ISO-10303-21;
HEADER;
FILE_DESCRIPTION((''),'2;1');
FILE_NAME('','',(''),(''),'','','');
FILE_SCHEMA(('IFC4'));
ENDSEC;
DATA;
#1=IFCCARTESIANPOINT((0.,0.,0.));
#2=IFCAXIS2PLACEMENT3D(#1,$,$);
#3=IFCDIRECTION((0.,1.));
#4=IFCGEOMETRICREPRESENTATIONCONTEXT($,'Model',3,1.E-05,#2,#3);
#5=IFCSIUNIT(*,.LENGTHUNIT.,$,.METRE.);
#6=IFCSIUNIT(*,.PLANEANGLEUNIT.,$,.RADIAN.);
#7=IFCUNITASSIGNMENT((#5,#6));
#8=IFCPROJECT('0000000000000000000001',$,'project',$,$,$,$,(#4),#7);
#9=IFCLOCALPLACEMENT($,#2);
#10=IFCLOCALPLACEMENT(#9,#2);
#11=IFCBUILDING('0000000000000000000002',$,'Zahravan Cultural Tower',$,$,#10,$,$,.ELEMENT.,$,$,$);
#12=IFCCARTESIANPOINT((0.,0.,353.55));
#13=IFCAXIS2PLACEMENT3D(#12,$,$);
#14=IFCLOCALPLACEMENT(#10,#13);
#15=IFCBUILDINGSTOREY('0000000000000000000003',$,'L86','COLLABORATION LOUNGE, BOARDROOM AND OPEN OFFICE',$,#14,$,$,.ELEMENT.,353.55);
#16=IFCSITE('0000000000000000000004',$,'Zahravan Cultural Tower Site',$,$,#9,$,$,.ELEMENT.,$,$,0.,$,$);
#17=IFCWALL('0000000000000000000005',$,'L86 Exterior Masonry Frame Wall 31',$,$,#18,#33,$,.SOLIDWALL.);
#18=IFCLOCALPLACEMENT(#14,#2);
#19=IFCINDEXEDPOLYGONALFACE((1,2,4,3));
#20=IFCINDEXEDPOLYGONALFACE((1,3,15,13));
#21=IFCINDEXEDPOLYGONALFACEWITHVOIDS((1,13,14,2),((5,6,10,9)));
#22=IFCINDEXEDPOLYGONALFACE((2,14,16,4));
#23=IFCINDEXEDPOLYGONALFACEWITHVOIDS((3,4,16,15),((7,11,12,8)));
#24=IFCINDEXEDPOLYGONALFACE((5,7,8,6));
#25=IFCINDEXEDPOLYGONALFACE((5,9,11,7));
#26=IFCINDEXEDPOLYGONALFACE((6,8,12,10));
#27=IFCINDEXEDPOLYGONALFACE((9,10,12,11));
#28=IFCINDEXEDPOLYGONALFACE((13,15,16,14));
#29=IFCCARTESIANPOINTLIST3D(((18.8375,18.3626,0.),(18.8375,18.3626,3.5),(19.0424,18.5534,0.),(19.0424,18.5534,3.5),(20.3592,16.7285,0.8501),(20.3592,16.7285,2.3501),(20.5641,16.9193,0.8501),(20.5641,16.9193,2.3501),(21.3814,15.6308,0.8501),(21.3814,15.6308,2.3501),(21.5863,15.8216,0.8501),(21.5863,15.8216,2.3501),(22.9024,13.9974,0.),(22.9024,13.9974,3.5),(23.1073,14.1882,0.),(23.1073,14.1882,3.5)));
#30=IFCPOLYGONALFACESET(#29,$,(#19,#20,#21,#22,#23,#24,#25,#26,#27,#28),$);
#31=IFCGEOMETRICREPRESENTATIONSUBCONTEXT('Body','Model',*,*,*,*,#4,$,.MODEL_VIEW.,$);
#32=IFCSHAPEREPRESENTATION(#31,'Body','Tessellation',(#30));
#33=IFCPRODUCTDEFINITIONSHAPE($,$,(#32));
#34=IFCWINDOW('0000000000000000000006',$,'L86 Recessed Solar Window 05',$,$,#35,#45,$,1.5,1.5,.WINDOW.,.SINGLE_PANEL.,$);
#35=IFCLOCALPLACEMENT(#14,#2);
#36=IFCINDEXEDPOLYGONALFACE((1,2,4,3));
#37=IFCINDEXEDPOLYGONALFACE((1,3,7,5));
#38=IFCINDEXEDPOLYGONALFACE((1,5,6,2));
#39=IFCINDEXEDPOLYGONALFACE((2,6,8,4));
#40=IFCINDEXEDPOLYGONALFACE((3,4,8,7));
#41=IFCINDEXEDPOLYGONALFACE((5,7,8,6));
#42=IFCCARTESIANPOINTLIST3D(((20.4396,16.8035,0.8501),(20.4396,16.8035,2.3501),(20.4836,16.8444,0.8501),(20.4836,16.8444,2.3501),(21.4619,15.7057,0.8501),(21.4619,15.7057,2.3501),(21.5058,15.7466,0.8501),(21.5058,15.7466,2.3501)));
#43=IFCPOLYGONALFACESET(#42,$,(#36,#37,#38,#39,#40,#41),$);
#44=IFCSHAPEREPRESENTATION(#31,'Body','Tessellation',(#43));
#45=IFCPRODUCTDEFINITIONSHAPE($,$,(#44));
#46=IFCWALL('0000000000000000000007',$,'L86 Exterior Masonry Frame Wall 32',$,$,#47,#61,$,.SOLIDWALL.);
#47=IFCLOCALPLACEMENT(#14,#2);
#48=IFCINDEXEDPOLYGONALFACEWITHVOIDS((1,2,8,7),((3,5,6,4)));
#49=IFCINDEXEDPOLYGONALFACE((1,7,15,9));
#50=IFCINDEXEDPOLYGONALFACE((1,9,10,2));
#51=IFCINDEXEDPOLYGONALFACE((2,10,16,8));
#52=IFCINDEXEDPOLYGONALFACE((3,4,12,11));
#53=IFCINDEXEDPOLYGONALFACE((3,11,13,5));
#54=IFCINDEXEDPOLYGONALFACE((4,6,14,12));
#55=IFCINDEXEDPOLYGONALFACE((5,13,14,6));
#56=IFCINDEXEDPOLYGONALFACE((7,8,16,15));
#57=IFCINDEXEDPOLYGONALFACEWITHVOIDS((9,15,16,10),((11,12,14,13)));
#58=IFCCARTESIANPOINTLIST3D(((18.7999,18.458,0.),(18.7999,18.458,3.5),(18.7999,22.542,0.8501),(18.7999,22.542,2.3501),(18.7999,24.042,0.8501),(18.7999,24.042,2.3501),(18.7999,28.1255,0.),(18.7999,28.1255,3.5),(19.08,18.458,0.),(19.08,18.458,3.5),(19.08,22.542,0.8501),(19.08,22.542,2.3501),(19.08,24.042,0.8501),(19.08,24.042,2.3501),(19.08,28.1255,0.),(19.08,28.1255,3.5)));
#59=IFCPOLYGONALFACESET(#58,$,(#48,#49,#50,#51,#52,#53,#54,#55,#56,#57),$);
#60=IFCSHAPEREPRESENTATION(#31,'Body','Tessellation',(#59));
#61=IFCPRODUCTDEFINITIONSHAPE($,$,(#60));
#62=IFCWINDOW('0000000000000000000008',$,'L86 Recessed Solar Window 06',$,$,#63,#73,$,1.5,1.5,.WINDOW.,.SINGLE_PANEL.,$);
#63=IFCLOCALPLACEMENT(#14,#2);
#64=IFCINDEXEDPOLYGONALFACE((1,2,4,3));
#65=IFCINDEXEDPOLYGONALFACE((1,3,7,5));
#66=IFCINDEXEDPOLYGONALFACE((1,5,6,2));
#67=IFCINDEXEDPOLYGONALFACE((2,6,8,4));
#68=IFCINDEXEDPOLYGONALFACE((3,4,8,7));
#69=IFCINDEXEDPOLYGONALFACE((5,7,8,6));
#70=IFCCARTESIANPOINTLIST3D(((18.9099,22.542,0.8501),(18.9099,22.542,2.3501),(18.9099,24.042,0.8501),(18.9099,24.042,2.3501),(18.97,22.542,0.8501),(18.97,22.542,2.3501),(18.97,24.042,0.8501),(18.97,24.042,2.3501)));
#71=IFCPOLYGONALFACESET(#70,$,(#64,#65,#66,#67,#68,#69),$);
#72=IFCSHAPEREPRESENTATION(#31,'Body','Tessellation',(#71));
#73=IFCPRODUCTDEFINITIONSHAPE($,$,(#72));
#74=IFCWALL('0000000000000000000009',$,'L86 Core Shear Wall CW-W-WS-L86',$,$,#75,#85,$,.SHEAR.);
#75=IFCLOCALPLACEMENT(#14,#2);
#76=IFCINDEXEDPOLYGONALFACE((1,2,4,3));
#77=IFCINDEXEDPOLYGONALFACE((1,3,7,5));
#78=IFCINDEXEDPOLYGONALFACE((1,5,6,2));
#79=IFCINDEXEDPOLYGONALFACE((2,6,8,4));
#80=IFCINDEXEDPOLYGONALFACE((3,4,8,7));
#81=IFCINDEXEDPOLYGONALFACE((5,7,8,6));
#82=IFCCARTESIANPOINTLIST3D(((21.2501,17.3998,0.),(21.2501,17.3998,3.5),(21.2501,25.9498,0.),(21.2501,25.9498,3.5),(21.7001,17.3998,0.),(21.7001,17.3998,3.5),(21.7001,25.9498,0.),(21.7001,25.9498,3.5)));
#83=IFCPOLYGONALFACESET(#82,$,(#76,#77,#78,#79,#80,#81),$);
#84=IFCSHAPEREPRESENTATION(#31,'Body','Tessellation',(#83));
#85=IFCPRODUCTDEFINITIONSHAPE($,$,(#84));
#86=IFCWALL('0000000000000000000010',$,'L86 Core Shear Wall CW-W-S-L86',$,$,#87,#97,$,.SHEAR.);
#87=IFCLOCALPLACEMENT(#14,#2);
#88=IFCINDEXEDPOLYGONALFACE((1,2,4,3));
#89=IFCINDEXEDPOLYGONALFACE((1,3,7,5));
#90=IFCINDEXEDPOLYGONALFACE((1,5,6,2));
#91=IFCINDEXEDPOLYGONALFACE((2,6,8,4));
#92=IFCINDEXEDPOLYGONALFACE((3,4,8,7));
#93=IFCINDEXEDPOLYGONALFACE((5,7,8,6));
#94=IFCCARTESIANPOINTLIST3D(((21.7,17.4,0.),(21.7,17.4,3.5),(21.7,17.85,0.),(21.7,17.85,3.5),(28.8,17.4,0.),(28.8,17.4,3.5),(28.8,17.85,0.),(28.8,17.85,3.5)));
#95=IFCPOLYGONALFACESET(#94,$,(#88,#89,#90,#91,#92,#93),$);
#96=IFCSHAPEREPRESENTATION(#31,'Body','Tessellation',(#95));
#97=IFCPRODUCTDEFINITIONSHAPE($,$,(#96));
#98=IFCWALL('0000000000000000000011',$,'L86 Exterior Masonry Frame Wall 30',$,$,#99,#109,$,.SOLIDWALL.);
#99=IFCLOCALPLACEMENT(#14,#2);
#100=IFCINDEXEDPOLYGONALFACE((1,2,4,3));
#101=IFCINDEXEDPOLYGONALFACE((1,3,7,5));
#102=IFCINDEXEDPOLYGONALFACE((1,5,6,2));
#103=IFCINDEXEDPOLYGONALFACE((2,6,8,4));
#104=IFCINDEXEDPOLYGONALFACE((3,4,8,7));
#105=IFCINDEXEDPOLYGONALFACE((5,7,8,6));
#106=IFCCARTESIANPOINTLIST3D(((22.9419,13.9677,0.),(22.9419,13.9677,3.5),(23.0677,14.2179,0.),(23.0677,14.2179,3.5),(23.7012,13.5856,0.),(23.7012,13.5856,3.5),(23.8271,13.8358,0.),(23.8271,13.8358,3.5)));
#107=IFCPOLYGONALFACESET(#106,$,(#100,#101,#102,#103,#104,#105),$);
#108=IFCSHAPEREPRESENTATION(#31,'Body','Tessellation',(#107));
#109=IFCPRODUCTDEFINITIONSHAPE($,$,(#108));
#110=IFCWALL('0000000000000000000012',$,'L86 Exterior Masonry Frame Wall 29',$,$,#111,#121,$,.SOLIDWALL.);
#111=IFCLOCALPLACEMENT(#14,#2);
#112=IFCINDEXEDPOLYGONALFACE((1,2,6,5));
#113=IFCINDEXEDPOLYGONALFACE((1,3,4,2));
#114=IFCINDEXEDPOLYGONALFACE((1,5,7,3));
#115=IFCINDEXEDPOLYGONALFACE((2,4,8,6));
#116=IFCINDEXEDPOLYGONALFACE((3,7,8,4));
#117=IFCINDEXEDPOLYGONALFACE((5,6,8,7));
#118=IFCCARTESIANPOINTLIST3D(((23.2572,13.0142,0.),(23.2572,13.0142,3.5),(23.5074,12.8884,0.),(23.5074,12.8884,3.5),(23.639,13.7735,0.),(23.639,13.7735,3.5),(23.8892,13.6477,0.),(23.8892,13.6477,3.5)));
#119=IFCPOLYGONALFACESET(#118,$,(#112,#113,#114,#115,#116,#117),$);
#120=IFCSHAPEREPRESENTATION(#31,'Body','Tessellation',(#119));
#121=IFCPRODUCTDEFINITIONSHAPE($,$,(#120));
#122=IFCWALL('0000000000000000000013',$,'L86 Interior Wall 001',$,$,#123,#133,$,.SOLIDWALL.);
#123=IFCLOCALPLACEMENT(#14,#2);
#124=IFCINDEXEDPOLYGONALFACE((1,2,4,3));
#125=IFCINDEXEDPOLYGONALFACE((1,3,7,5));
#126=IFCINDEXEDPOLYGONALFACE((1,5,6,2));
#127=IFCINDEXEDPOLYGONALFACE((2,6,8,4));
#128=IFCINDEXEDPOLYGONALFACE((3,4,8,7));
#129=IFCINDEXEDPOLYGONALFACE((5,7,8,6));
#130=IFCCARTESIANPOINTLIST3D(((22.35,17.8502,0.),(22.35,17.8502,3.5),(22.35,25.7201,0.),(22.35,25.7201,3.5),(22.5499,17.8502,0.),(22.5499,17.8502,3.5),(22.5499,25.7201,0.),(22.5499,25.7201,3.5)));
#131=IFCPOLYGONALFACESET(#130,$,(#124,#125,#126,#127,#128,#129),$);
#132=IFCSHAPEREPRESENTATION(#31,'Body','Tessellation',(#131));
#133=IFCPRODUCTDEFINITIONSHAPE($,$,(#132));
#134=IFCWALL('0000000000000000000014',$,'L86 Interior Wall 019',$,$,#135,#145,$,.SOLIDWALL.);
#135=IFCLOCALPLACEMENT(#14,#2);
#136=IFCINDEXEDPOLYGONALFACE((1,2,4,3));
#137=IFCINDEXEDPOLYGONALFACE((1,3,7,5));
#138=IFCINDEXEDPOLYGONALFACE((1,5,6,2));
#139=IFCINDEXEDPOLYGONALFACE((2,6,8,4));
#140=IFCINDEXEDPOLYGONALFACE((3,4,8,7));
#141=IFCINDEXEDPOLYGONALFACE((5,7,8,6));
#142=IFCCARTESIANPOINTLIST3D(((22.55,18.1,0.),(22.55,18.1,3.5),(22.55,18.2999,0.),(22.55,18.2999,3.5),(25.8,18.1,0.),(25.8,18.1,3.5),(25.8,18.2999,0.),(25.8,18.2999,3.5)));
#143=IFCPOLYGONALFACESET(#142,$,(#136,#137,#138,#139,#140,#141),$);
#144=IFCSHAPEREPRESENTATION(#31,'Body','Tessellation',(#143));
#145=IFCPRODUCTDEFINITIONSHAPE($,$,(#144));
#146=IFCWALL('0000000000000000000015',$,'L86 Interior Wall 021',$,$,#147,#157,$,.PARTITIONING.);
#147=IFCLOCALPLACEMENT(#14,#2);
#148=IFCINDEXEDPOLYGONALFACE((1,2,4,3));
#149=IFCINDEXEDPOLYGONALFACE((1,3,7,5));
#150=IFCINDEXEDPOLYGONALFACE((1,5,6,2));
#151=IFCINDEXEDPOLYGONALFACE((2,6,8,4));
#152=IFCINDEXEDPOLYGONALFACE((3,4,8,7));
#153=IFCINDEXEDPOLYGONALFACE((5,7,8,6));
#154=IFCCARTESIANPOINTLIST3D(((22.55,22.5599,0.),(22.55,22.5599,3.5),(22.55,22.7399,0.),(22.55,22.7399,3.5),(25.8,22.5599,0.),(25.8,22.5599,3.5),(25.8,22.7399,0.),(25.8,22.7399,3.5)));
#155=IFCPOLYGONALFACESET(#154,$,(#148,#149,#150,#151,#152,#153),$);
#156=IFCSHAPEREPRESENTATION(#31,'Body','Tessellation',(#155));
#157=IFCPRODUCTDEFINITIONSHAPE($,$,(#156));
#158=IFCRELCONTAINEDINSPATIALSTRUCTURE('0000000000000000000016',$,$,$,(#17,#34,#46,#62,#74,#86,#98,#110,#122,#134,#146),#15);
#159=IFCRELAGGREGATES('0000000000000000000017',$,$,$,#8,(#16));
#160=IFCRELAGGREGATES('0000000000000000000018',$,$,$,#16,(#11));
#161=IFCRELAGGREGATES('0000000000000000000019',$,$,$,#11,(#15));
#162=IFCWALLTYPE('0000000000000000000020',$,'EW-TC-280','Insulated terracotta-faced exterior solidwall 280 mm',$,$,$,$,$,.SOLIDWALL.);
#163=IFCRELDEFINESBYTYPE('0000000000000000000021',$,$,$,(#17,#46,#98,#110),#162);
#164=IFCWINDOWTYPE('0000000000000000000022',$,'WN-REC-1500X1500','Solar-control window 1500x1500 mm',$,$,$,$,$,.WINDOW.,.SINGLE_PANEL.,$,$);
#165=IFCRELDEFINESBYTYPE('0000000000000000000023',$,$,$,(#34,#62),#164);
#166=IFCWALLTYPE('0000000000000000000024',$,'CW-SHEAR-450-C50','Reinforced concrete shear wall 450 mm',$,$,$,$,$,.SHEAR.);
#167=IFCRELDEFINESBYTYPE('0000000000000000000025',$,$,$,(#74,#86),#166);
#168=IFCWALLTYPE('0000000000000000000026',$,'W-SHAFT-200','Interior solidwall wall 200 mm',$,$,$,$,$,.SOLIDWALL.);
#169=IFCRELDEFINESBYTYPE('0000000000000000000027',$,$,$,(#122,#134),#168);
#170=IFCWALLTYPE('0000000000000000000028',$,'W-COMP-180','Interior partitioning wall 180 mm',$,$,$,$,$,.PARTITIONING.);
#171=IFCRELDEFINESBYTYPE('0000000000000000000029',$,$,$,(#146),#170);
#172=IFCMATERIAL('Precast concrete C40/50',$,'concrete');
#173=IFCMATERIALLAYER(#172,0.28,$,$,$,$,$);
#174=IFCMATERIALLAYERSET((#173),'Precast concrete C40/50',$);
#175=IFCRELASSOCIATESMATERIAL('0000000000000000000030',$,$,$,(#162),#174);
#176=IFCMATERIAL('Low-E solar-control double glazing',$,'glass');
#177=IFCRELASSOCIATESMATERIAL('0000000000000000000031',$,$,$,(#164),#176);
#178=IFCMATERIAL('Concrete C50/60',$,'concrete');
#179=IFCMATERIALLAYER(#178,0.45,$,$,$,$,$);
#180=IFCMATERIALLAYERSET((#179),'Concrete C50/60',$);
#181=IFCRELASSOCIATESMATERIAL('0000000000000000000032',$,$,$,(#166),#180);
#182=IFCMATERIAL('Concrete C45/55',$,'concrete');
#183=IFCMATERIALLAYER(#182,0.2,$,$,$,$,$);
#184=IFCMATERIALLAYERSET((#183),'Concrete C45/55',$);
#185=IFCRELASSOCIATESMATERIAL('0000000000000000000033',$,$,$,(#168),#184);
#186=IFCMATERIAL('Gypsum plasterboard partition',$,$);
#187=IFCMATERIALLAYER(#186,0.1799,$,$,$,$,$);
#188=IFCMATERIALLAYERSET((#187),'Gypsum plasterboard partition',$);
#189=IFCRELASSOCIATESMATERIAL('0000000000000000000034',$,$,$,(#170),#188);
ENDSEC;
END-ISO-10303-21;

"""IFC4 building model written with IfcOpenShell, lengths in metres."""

from ifc_helpers import new_model, si_unit, direction, frame, frame_2d, origin, place, context, subcontext, project, spatial, rectangle, extrude, source, transform, mapped, material, layer, layer_set, type_object, element, fill, save


model = new_model("IFC4")

# Units and contexts
model_context = context("Model", 3, precision=1e-05, world=origin(), true_north=direction((0.0, 1.0)))
body_context = subcontext(model_context, "Body", "Model", "MODEL_VIEW")
ifc_project = project(units=[si_unit("LENGTHUNIT", "METRE"), si_unit("PLANEANGLEUNIT", "RADIAN")], contexts=[model_context])

# Site, building, storey
site_placement = place(None, origin())
site = spatial("IfcSite", under=ifc_project, at=site_placement, Name="Zahravan Cultural Tower Site", CompositionType="ELEMENT", RefElevation=0.0)
building_placement = place(site_placement, origin())
building = spatial("IfcBuilding", under=site, at=building_placement, Name="Zahravan Cultural Tower", CompositionType="ELEMENT")
storey_placement = place(building_placement, frame((0.0, 0.0, 353.55)))
storey = spatial("IfcBuildingStorey", under=building, at=storey_placement, Name="L86", Description="COLLABORATION LOUNGE, BOARDROOM AND OPEN OFFICE", CompositionType="ELEMENT", Elevation=353.55)

# Shared definitions
ifc_material_1 = material(Name="Concrete C50/60", Category="concrete")

# Shared definitions
ifc_material_2 = material(Name="Concrete C45/55", Category="concrete")

# Shared definitions
ifc_material_3 = material(Name="Low-E solar-control double glazing", Category="glass")

# Walls, openings, windows
ifc_material_4 = material(Name="Precast concrete C40/50", Category="concrete")
ifc_layer_1 = layer(ifc_material_4, 0.28)
ifc_layer_set_1 = layer_set([ifc_layer_1], Name="Precast concrete C40/50")
wall_type_1 = type_object("IfcWallType", Name="EW-TC-280", Description="Insulated terracotta-faced exterior solidwall 280 mm", PredefinedType="SOLIDWALL", material=ifc_layer_set_1)
wall_1_placement = place(storey_placement, frame((23.0049, 14.0928, 0.0), z_axis=(0.0, 0.0, 1.0), x_axis=(-0.681487, 0.731831, 0.0)))
wall_1 = element("IfcWall", 1, at=wall_1_placement, inside=storey, type_object=wall_type_1, Name="L86 Exterior Masonry Frame Wall 31", PredefinedType="SOLIDWALL", context=body_context, shape_type="SweptSolid", body=[
    extrude(rectangle(XDim=5.9648, YDim=0.28, at=frame_2d((2.9824, 0.0))), origin(), (0.0, 0.0, 1.0), 3.5),
])
opening_1_placement = place(wall_1_placement, frame((2.2319, 0.0, 0.8501)))
opening_1 = element("IfcOpeningElement", 2, at=opening_1_placement, cuts=wall_1, PredefinedType="OPENING", context=body_context, shape_type="SweptSolid", body=[
    extrude(rectangle(XDim=1.5, YDim=1.5, at=frame_2d((0.75, 0.75))), frame((0.0, 0.1499, 0.0), z_axis=(0.0, -1.0, 0.0), x_axis=(1.0, 0.0, 0.0)), (0.0, 0.0, 1.0), 0.3),
])
window_type = type_object("IfcWindowType", Name="WN-REC-1500X1500", Description="Solar-control window 1500x1500 mm", PartitioningType="SINGLE_PANEL", PredefinedType="WINDOW", material=ifc_material_3)
shared_shape_1 = source(origin(), body_context, "Body", "SweptSolid", [
    extrude(rectangle(XDim=1.5, YDim=1.5, at=frame_2d((0.75, 0.75))), frame((0.0, 0.03, 0.0), z_axis=(0.0, -1.0, 0.0), x_axis=(1.0, 0.0, 0.0)), (0.0, 0.0, 1.0), 0.0601),
])
window_1_placement = place(opening_1_placement, origin())
window_1 = element("IfcWindow", 3, at=window_1_placement, inside=storey, type_object=window_type, Name="L86 Recessed Solar Window 05", OverallHeight=1.5, OverallWidth=1.5, PartitioningType="SINGLE_PANEL", PredefinedType="WINDOW", context=body_context, shape_type="MappedRepresentation", body=[
    mapped(shared_shape_1, transform((0.0, 0.0, 0.0), x_axis=(1.0, 0.0, 0.0), y_axis=(0.0, 1.0, 0.0), z_axis=(0.0, 0.0, 1.0), scale=1.0)),
])
fill(opening_1, window_1)
wall_2_placement = place(storey_placement, frame((18.9399, 18.458, 0.0), z_axis=(0.0, 0.0, 1.0), x_axis=(0.0, 1.0, 0.0)))
wall_2 = element("IfcWall", 4, at=wall_2_placement, inside=storey, type_object=wall_type_1, Name="L86 Exterior Masonry Frame Wall 32", PredefinedType="SOLIDWALL", context=body_context, shape_type="SweptSolid", body=[
    extrude(rectangle(XDim=9.6675, YDim=0.28, at=frame_2d((4.8337, 0.0))), origin(), (0.0, 0.0, 1.0), 3.5),
])
opening_2_placement = place(wall_2_placement, frame((4.084, 0.0, 0.8501)))
opening_2 = element("IfcOpeningElement", 5, at=opening_2_placement, cuts=wall_2, PredefinedType="OPENING", context=body_context, shape_type="SweptSolid", body=[
    extrude(rectangle(XDim=1.5, YDim=1.5, at=frame_2d((0.75, 0.75))), frame((0.0, 0.1499, 0.0), z_axis=(0.0, -1.0, 0.0), x_axis=(1.0, 0.0, 0.0)), (0.0, 0.0, 1.0), 0.3),
])
window_2_placement = place(opening_2_placement, origin())
window_2 = element("IfcWindow", 6, at=window_2_placement, inside=storey, type_object=window_type, Name="L86 Recessed Solar Window 06", OverallHeight=1.5, OverallWidth=1.5, PartitioningType="SINGLE_PANEL", PredefinedType="WINDOW", context=body_context, shape_type="MappedRepresentation", body=[
    mapped(shared_shape_1, transform((0.0, 0.0, 0.0), x_axis=(1.0, 0.0, 0.0), y_axis=(0.0, 1.0, 0.0), z_axis=(0.0, 0.0, 1.0), scale=1.0)),
])
fill(opening_2, window_2)

# Walls
ifc_layer_2 = layer(ifc_material_1, 0.45)
ifc_layer_set_2 = layer_set([ifc_layer_2], Name="Concrete C50/60")
wall_type_2 = type_object("IfcWallType", Name="CW-SHEAR-450-C50", Description="Reinforced concrete shear wall 450 mm", PredefinedType="SHEAR", material=ifc_layer_set_2)
shared_shape_2 = source(origin(), body_context, "Body", "SweptSolid", [
    extrude(rectangle(XDim=8.55, YDim=0.45, at=frame_2d((4.2749, 0.0))), origin(), (0.0, 0.0, 1.0), 3.5),
])
wall_3_placement = place(storey_placement, frame((21.4751, 17.3999, 0.0), z_axis=(0.0, 0.0, 1.0), x_axis=(0.0, 1.0, 0.0)))
element("IfcWall", 7, at=wall_3_placement, inside=storey, type_object=wall_type_2, Name="L86 Core Shear Wall CW-W-WS-L86", PredefinedType="SHEAR", context=body_context, shape_type="MappedRepresentation", body=[
    mapped(shared_shape_2, transform((0.0, 0.0, 0.0), x_axis=(1.0, 0.0, 0.0), y_axis=(0.0, 1.0, 0.0), z_axis=(0.0, 0.0, 1.0), scale=1.0)),
])
shared_shape_3 = source(origin(), body_context, "Body", "SweptSolid", [
    extrude(rectangle(XDim=7.1001, YDim=0.45, at=frame_2d((3.55, 0.0))), origin(), (0.0, 0.0, 1.0), 3.5),
])
wall_4_placement = place(storey_placement, frame((21.7, 17.625, 0.0), z_axis=(0.0, 0.0, 1.0), x_axis=(1.0, 0.0, 0.0)))
element("IfcWall", 8, at=wall_4_placement, inside=storey, type_object=wall_type_2, Name="L86 Core Shear Wall CW-W-S-L86", PredefinedType="SHEAR", context=body_context, shape_type="MappedRepresentation", body=[
    mapped(shared_shape_3, transform((0.0, 0.0, 0.0), x_axis=(1.0, 0.0, 0.0), y_axis=(0.0, 1.0, 0.0), z_axis=(0.0, 0.0, 1.0), scale=1.0)),
])
shared_shape_4 = source(origin(), body_context, "Body", "SweptSolid", [
    extrude(rectangle(XDim=0.8501, YDim=0.28, at=frame_2d((0.425, 0.0))), origin(), (0.0, 0.0, 1.0), 3.5),
])
wall_5_placement = place(storey_placement, frame((23.7642, 13.7107, 0.0), z_axis=(0.0, 0.0, 1.0), x_axis=(-0.893275, 0.44951, 0.0)))
element("IfcWall", 9, at=wall_5_placement, inside=storey, type_object=wall_type_1, Name="L86 Exterior Masonry Frame Wall 30", PredefinedType="SOLIDWALL", context=body_context, shape_type="MappedRepresentation", body=[
    mapped(shared_shape_4, transform((0.0, 0.0, 0.0), x_axis=(1.0, 0.0, 0.0), y_axis=(0.0, 1.0, 0.0), z_axis=(0.0, 0.0, 1.0), scale=1.0)),
])
shared_shape_5 = source(origin(), body_context, "Body", "SweptSolid", [
    extrude(rectangle(XDim=0.8499, YDim=0.28, at=frame_2d((0.4248, 0.0))), origin(), (0.0, 0.0, 1.0), 3.5),
])
wall_6_placement = place(storey_placement, frame((23.3823, 12.9514, 0.0), z_axis=(0.0, 0.0, 1.0), x_axis=(0.449281, 0.893391, 0.0)))
element("IfcWall", 10, at=wall_6_placement, inside=storey, type_object=wall_type_1, Name="L86 Exterior Masonry Frame Wall 29", PredefinedType="SOLIDWALL", context=body_context, shape_type="MappedRepresentation", body=[
    mapped(shared_shape_5, transform((0.0, 0.0, 0.0), x_axis=(1.0, 0.0, 0.0), y_axis=(0.0, 1.0, 0.0), z_axis=(0.0, 0.0, 1.0), scale=1.0)),
])
ifc_layer_3 = layer(ifc_material_2, 0.2)
ifc_layer_set_3 = layer_set([ifc_layer_3], Name="Concrete C45/55")
wall_type_3 = type_object("IfcWallType", Name="W-SHAFT-200", Description="Interior solidwall wall 200 mm", PredefinedType="SOLIDWALL", material=ifc_layer_set_3)
shared_shape_6 = source(origin(), body_context, "Body", "SweptSolid", [
    extrude(rectangle(XDim=7.8699, YDim=0.2, at=frame_2d((3.9351, 0.0))), origin(), (0.0, 0.0, 1.0), 3.5),
])
wall_7_placement = place(storey_placement, frame((22.45, 17.8501, 0.0), z_axis=(0.0, 0.0, 1.0), x_axis=(0.0, 1.0, 0.0)))
element("IfcWall", 11, at=wall_7_placement, inside=storey, type_object=wall_type_3, Name="L86 Interior Wall 001", PredefinedType="SOLIDWALL", context=body_context, shape_type="MappedRepresentation", body=[
    mapped(shared_shape_6, transform((0.0, 0.0, 0.0), x_axis=(1.0, 0.0, 0.0), y_axis=(0.0, 1.0, 0.0), z_axis=(0.0, 0.0, 1.0), scale=1.0)),
])
shared_shape_7 = source(origin(), body_context, "Body", "SweptSolid", [
    extrude(rectangle(XDim=3.25, YDim=0.2, at=frame_2d((1.625, 0.0))), origin(), (0.0, 0.0, 1.0), 3.5),
])
wall_8_placement = place(storey_placement, frame((22.55, 18.2, 0.0), z_axis=(0.0, 0.0, 1.0), x_axis=(1.0, 0.0, 0.0)))
element("IfcWall", 12, at=wall_8_placement, inside=storey, type_object=wall_type_3, Name="L86 Interior Wall 019", PredefinedType="SOLIDWALL", context=body_context, shape_type="MappedRepresentation", body=[
    mapped(shared_shape_7, transform((0.0, 0.0, 0.0), x_axis=(1.0, 0.0, 0.0), y_axis=(0.0, 1.0, 0.0), z_axis=(0.0, 0.0, 1.0), scale=1.0)),
])
ifc_material_5 = material(Name="Gypsum plasterboard partition")
ifc_layer_4 = layer(ifc_material_5, 0.1799)
ifc_layer_set_4 = layer_set([ifc_layer_4], Name="Gypsum plasterboard partition")
wall_type_4 = type_object("IfcWallType", Name="W-COMP-180", Description="Interior partitioning wall 180 mm", PredefinedType="PARTITIONING", material=ifc_layer_set_4)
shared_shape_8 = source(origin(), body_context, "Body", "SweptSolid", [
    extrude(rectangle(XDim=3.25, YDim=0.1799, at=frame_2d((1.625, 0.0))), origin(), (0.0, 0.0, 1.0), 3.5),
])
wall_9_placement = place(storey_placement, frame((22.55, 22.6499, 0.0), z_axis=(0.0, 0.0, 1.0), x_axis=(1.0, 0.0, 0.0)))
element("IfcWall", 13, at=wall_9_placement, inside=storey, type_object=wall_type_4, Name="L86 Interior Wall 021", PredefinedType="PARTITIONING", context=body_context, shape_type="MappedRepresentation", body=[
    mapped(shared_shape_8, transform((0.0, 0.0, 0.0), x_axis=(1.0, 0.0, 0.0), y_axis=(0.0, 1.0, 0.0), z_axis=(0.0, 0.0, 1.0), scale=1.0)),
])

save(model, "model.ifc")
